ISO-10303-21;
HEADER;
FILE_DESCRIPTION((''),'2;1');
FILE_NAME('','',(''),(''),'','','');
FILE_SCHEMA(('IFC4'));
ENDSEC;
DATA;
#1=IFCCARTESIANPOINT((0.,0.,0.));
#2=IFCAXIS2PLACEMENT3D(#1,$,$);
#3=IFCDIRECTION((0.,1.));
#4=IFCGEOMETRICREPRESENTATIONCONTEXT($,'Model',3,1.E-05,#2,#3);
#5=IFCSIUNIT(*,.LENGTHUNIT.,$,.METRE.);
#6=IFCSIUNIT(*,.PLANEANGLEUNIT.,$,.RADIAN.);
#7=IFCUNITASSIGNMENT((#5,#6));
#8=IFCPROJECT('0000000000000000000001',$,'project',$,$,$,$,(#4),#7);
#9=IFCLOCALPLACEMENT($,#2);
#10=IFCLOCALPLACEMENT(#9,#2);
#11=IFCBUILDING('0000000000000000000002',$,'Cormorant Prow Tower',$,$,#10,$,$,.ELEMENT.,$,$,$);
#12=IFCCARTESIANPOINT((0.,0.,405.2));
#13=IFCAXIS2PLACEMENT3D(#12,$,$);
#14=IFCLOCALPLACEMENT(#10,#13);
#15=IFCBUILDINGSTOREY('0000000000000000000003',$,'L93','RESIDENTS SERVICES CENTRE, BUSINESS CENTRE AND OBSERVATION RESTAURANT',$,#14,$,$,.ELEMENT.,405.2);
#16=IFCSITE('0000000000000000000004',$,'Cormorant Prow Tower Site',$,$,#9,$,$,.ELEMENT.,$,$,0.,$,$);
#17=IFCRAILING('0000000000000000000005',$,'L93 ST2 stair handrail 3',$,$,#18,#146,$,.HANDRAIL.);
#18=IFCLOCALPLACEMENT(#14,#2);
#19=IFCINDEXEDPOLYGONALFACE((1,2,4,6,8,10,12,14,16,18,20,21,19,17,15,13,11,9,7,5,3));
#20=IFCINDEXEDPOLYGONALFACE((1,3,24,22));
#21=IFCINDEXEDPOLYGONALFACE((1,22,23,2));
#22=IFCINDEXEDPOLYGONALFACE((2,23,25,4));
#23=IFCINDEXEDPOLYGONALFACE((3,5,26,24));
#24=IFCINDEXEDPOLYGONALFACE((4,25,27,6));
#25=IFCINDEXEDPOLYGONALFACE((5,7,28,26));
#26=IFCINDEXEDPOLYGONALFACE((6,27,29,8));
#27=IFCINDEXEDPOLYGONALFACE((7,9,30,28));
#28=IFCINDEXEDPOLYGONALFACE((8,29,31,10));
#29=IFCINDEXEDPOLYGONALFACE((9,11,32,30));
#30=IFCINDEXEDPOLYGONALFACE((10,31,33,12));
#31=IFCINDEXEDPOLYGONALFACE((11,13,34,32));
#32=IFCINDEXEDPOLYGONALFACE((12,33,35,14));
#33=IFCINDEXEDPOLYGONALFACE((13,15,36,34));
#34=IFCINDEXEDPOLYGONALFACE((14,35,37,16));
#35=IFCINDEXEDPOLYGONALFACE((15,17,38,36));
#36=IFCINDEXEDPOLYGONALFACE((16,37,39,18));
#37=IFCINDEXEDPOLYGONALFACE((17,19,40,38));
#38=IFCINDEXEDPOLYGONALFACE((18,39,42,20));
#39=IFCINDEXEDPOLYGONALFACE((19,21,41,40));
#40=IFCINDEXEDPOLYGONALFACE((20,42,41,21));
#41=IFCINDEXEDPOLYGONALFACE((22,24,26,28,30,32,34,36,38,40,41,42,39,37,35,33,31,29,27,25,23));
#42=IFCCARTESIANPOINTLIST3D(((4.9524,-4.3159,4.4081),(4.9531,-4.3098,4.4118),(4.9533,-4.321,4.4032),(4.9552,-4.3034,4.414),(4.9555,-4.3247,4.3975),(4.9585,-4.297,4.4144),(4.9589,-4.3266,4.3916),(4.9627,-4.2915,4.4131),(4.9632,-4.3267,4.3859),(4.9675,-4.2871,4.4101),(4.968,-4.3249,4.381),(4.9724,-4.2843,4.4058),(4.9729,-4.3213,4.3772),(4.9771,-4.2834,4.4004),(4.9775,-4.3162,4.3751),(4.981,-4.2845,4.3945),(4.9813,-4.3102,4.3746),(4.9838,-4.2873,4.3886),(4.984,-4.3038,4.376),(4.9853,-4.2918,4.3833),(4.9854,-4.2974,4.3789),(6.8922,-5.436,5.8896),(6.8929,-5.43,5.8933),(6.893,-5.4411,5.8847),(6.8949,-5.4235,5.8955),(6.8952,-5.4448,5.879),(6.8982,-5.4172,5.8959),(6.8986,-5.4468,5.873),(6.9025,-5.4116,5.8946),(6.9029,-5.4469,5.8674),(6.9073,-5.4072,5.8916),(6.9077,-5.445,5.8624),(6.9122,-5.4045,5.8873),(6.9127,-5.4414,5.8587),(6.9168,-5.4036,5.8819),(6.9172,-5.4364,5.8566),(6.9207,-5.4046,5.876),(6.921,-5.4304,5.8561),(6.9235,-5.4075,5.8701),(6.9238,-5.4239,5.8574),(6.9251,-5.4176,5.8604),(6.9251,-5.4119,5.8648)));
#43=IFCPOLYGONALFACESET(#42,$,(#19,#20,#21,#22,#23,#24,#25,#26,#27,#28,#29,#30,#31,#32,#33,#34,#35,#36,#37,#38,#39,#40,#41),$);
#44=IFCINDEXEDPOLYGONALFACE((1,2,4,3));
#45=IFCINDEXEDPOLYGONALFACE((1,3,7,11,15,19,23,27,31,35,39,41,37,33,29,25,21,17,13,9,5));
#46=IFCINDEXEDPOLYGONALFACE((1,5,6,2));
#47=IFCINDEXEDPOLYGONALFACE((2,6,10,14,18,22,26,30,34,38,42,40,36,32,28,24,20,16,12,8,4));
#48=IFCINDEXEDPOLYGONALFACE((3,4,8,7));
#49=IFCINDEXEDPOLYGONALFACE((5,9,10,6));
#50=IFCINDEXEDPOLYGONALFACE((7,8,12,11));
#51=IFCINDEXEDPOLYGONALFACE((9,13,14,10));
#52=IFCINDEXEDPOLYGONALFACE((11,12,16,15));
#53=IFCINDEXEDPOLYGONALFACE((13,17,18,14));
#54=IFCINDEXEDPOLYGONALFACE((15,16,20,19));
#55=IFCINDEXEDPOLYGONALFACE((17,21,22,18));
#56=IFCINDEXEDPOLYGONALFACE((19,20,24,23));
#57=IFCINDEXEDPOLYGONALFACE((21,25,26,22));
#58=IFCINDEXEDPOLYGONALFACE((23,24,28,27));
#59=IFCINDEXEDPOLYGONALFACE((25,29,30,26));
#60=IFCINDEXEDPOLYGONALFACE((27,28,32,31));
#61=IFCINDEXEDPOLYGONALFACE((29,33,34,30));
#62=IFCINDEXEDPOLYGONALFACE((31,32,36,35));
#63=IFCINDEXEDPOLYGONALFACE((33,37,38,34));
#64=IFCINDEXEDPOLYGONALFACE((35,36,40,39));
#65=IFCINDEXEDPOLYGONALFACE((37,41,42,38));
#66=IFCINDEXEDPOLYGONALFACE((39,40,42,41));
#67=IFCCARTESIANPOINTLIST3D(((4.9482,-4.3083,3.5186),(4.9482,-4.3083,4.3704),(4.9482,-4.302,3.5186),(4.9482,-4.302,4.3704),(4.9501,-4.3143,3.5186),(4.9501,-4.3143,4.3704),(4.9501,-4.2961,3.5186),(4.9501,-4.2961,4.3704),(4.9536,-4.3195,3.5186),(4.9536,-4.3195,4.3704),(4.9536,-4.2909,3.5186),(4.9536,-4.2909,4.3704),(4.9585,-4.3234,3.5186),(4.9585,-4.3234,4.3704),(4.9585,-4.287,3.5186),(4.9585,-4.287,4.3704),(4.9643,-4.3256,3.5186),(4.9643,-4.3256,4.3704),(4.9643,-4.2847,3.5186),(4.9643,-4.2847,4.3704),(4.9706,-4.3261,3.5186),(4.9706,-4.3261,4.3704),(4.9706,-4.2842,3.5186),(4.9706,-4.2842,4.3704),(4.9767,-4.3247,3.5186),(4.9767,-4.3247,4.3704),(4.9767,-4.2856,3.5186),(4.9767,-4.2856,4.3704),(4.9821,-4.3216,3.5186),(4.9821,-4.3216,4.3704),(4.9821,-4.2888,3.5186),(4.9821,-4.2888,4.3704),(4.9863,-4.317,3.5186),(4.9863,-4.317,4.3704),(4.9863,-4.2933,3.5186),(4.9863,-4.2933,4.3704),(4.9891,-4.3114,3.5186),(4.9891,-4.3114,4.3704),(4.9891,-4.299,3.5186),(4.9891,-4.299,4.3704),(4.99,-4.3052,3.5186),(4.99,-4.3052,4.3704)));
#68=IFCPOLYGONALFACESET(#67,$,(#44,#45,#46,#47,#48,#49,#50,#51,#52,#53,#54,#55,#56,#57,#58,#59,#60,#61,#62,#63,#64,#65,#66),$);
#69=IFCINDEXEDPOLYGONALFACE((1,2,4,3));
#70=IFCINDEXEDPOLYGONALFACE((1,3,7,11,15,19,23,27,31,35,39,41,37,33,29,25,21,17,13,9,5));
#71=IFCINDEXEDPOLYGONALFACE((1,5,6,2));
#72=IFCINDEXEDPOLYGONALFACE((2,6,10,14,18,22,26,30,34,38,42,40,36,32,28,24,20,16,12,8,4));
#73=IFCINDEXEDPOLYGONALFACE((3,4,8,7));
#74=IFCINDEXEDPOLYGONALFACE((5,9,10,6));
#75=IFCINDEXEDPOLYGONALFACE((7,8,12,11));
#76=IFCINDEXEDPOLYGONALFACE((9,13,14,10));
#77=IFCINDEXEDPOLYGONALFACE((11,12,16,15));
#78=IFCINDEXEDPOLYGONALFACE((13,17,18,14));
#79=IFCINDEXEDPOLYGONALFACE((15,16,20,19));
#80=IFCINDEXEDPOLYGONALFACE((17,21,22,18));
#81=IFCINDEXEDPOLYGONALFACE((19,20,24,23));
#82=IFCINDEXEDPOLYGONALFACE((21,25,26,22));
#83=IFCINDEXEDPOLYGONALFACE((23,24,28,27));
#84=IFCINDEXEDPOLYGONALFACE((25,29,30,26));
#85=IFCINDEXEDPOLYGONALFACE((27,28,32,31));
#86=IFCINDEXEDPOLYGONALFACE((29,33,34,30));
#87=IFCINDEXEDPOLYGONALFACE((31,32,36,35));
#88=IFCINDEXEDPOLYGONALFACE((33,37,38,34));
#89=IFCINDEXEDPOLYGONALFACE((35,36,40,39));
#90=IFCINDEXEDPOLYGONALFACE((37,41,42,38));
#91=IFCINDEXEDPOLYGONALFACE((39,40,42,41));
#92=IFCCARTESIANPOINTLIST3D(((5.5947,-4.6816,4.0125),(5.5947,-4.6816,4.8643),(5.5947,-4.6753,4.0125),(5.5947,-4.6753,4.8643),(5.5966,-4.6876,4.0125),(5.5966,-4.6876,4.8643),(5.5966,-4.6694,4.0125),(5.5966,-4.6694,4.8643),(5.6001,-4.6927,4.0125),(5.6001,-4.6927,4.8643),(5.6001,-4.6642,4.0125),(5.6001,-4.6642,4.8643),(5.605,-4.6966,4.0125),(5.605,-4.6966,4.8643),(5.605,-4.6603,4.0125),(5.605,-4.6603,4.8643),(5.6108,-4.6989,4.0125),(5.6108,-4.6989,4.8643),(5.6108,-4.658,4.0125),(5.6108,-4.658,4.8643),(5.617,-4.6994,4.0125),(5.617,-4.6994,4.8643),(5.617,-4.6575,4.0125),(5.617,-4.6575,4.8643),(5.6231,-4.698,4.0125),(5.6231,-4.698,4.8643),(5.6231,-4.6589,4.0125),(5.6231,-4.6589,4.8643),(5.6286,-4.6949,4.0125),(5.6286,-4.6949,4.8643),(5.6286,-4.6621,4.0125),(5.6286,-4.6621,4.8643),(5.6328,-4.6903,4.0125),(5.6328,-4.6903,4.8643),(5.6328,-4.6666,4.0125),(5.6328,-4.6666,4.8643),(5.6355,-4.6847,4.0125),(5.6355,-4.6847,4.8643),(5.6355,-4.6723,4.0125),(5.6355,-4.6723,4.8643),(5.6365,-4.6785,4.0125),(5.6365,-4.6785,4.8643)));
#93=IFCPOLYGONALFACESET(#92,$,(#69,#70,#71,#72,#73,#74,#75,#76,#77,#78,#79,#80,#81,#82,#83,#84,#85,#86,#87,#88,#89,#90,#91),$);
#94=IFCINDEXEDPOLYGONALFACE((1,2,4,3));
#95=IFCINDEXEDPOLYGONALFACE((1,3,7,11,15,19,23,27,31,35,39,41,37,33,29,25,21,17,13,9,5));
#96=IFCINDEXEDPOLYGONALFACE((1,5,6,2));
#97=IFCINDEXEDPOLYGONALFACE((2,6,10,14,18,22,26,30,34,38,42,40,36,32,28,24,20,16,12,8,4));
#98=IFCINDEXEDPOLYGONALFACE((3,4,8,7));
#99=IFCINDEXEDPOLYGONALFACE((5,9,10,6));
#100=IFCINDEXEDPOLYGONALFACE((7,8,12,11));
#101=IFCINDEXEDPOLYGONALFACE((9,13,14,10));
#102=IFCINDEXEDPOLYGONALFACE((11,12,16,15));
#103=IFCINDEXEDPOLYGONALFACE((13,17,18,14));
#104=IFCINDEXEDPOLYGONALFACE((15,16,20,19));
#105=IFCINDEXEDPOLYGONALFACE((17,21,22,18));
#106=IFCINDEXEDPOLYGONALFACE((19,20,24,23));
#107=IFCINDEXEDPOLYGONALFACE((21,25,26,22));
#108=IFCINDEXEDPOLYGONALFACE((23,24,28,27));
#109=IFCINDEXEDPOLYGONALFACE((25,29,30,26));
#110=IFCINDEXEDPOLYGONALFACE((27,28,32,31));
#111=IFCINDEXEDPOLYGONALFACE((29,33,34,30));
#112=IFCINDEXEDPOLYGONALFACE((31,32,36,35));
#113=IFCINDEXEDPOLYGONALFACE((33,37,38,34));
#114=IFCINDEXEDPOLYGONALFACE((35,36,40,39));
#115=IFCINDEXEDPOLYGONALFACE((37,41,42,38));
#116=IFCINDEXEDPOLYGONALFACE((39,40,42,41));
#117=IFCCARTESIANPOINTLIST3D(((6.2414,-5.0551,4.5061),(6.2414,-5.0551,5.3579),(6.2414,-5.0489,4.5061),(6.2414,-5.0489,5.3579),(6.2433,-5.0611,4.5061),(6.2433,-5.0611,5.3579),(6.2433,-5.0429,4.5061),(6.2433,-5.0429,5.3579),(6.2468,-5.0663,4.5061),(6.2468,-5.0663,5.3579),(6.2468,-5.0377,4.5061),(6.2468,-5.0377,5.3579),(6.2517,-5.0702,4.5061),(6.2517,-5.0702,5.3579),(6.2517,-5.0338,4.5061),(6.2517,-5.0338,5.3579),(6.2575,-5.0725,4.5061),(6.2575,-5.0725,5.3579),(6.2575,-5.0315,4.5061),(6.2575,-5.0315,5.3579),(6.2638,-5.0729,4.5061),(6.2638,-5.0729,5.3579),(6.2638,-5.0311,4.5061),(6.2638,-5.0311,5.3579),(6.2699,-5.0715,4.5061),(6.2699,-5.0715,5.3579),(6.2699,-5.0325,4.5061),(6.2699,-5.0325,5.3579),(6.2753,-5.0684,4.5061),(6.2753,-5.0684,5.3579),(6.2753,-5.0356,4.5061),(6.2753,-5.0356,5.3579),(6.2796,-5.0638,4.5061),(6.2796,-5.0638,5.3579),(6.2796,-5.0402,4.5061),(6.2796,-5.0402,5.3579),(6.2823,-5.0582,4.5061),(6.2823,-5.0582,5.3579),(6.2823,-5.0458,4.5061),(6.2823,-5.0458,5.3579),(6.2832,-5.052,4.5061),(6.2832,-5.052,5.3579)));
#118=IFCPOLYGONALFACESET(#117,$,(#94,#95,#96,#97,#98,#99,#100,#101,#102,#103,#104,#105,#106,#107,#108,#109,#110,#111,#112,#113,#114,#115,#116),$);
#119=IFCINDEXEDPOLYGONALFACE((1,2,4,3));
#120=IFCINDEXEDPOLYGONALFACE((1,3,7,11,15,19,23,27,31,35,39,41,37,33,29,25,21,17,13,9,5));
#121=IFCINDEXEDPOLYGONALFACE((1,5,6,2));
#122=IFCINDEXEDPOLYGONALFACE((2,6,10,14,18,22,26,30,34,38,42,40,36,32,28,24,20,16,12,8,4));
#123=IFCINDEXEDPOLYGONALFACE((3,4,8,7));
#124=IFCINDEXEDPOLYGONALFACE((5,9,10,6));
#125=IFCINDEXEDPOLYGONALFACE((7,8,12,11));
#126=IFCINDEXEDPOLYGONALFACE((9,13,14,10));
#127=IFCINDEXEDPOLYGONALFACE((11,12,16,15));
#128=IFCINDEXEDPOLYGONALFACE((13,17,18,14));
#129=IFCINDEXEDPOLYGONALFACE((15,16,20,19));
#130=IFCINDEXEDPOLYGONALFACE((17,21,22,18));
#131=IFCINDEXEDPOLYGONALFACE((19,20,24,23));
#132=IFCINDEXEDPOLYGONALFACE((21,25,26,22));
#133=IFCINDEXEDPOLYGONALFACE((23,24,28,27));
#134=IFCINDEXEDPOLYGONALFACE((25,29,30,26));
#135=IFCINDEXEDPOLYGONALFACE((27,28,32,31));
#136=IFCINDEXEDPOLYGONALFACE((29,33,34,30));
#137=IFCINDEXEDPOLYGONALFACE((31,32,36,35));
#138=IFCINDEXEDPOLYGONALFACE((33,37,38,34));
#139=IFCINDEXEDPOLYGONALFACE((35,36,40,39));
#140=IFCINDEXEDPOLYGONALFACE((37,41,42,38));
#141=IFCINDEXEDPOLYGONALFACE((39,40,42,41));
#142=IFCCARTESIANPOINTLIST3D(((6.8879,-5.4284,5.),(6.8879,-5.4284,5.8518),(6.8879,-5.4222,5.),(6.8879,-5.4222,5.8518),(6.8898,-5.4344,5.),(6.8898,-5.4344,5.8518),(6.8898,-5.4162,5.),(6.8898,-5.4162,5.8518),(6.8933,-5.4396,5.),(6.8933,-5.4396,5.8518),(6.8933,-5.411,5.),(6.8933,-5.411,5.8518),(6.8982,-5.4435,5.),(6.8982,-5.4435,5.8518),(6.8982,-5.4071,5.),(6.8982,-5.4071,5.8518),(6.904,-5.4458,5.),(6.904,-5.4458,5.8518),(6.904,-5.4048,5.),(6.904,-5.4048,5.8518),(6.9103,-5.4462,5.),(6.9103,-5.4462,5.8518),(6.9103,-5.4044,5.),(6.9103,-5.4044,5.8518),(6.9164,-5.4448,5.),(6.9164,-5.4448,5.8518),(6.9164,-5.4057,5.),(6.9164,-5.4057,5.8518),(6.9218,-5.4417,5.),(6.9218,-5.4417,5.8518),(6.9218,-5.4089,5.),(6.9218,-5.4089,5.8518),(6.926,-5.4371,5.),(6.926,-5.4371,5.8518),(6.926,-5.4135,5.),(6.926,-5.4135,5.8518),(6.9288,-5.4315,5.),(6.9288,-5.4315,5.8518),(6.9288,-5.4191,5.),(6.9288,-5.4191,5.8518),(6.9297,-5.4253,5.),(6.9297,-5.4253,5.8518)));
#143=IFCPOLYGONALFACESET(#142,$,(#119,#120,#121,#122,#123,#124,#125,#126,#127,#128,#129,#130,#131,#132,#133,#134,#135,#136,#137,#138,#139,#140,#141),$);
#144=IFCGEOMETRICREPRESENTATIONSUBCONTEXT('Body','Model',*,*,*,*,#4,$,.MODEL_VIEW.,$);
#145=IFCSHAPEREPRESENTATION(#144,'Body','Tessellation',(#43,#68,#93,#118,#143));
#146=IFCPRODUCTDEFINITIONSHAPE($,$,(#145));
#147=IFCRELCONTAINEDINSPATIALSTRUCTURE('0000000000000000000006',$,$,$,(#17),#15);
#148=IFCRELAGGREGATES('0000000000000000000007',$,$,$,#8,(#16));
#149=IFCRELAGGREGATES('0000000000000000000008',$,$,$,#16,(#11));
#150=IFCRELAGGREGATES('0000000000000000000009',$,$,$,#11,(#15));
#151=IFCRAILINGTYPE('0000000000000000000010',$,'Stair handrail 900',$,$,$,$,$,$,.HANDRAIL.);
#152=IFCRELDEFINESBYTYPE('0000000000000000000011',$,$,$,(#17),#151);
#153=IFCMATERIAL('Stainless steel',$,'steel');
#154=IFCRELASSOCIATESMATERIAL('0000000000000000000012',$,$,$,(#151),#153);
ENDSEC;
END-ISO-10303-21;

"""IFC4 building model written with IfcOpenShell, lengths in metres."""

from ifc_helpers import new_model, si_unit, direction, frame, origin, origin_2d, place, context, subcontext, project, spatial, circle, extrude, material, type_object, element, save


model = new_model("IFC4")

# Units and contexts
model_context = context("Model", 3, precision=1e-05, world=origin(), true_north=direction((0.0, 1.0)))
body_context = subcontext(model_context, "Body", "Model", "MODEL_VIEW")
ifc_project = project(units=[si_unit("LENGTHUNIT", "METRE"), si_unit("PLANEANGLEUNIT", "RADIAN")], contexts=[model_context])

# Site, building, storey
site_placement = place(None, origin())
site = spatial("IfcSite", under=ifc_project, at=site_placement, Name="Cormorant Prow Tower Site", CompositionType="ELEMENT", RefElevation=0.0)
building_placement = place(site_placement, origin())
building = spatial("IfcBuilding", under=site, at=building_placement, Name="Cormorant Prow Tower", CompositionType="ELEMENT")
storey_placement = place(building_placement, frame((0.0, 0.0, 405.2)))
storey = spatial("IfcBuildingStorey", under=building, at=storey_placement, Name="L93", Description="RESIDENTS SERVICES CENTRE, BUSINESS CENTRE AND OBSERVATION RESTAURANT", CompositionType="ELEMENT", Elevation=405.2)

# Railing
ifc_material_1 = material(Name="Stainless steel", Category="steel")
railing_type_1 = type_object("IfcRailingType", Name="Stair handrail 900", PredefinedType="HANDRAIL", material=ifc_material_1)
railing_1_placement = place(storey_placement, frame((4.969, -4.3052, 3.5186)))
element("IfcRailing", 1, at=railing_1_placement, inside=storey, type_object=railing_type_1, Name="L93 ST2 stair handrail 3", PredefinedType="HANDRAIL", context=body_context, shape_type="SweptSolid", body=[
    extrude(circle(Radius=0.0239, at=origin_2d()), frame((0.0, 0.0, 0.876), z_axis=(0.722292, -0.417102, 0.551651), x_axis=(0.500078, 0.86598, 0.0)), (0.0, 0.0, 1.0), 2.6855),
    extrude(circle(Radius=0.021, at=origin_2d()), origin(), (0.0, 0.0, 1.0), 0.8518),
    extrude(circle(Radius=0.021, at=origin_2d()), frame((0.6465, -0.3733, 0.4939)), (0.0, 0.0, 1.0), 0.8518),
    extrude(circle(Radius=0.021, at=origin_2d()), frame((1.2932, -0.7468, 0.9875)), (0.0, 0.0, 1.0), 0.8518),
    extrude(circle(Radius=0.021, at=origin_2d()), frame((1.9397, -1.1201, 1.4814)), (0.0, 0.0, 1.0), 0.8518),
])

save(model, "model.ifc")
